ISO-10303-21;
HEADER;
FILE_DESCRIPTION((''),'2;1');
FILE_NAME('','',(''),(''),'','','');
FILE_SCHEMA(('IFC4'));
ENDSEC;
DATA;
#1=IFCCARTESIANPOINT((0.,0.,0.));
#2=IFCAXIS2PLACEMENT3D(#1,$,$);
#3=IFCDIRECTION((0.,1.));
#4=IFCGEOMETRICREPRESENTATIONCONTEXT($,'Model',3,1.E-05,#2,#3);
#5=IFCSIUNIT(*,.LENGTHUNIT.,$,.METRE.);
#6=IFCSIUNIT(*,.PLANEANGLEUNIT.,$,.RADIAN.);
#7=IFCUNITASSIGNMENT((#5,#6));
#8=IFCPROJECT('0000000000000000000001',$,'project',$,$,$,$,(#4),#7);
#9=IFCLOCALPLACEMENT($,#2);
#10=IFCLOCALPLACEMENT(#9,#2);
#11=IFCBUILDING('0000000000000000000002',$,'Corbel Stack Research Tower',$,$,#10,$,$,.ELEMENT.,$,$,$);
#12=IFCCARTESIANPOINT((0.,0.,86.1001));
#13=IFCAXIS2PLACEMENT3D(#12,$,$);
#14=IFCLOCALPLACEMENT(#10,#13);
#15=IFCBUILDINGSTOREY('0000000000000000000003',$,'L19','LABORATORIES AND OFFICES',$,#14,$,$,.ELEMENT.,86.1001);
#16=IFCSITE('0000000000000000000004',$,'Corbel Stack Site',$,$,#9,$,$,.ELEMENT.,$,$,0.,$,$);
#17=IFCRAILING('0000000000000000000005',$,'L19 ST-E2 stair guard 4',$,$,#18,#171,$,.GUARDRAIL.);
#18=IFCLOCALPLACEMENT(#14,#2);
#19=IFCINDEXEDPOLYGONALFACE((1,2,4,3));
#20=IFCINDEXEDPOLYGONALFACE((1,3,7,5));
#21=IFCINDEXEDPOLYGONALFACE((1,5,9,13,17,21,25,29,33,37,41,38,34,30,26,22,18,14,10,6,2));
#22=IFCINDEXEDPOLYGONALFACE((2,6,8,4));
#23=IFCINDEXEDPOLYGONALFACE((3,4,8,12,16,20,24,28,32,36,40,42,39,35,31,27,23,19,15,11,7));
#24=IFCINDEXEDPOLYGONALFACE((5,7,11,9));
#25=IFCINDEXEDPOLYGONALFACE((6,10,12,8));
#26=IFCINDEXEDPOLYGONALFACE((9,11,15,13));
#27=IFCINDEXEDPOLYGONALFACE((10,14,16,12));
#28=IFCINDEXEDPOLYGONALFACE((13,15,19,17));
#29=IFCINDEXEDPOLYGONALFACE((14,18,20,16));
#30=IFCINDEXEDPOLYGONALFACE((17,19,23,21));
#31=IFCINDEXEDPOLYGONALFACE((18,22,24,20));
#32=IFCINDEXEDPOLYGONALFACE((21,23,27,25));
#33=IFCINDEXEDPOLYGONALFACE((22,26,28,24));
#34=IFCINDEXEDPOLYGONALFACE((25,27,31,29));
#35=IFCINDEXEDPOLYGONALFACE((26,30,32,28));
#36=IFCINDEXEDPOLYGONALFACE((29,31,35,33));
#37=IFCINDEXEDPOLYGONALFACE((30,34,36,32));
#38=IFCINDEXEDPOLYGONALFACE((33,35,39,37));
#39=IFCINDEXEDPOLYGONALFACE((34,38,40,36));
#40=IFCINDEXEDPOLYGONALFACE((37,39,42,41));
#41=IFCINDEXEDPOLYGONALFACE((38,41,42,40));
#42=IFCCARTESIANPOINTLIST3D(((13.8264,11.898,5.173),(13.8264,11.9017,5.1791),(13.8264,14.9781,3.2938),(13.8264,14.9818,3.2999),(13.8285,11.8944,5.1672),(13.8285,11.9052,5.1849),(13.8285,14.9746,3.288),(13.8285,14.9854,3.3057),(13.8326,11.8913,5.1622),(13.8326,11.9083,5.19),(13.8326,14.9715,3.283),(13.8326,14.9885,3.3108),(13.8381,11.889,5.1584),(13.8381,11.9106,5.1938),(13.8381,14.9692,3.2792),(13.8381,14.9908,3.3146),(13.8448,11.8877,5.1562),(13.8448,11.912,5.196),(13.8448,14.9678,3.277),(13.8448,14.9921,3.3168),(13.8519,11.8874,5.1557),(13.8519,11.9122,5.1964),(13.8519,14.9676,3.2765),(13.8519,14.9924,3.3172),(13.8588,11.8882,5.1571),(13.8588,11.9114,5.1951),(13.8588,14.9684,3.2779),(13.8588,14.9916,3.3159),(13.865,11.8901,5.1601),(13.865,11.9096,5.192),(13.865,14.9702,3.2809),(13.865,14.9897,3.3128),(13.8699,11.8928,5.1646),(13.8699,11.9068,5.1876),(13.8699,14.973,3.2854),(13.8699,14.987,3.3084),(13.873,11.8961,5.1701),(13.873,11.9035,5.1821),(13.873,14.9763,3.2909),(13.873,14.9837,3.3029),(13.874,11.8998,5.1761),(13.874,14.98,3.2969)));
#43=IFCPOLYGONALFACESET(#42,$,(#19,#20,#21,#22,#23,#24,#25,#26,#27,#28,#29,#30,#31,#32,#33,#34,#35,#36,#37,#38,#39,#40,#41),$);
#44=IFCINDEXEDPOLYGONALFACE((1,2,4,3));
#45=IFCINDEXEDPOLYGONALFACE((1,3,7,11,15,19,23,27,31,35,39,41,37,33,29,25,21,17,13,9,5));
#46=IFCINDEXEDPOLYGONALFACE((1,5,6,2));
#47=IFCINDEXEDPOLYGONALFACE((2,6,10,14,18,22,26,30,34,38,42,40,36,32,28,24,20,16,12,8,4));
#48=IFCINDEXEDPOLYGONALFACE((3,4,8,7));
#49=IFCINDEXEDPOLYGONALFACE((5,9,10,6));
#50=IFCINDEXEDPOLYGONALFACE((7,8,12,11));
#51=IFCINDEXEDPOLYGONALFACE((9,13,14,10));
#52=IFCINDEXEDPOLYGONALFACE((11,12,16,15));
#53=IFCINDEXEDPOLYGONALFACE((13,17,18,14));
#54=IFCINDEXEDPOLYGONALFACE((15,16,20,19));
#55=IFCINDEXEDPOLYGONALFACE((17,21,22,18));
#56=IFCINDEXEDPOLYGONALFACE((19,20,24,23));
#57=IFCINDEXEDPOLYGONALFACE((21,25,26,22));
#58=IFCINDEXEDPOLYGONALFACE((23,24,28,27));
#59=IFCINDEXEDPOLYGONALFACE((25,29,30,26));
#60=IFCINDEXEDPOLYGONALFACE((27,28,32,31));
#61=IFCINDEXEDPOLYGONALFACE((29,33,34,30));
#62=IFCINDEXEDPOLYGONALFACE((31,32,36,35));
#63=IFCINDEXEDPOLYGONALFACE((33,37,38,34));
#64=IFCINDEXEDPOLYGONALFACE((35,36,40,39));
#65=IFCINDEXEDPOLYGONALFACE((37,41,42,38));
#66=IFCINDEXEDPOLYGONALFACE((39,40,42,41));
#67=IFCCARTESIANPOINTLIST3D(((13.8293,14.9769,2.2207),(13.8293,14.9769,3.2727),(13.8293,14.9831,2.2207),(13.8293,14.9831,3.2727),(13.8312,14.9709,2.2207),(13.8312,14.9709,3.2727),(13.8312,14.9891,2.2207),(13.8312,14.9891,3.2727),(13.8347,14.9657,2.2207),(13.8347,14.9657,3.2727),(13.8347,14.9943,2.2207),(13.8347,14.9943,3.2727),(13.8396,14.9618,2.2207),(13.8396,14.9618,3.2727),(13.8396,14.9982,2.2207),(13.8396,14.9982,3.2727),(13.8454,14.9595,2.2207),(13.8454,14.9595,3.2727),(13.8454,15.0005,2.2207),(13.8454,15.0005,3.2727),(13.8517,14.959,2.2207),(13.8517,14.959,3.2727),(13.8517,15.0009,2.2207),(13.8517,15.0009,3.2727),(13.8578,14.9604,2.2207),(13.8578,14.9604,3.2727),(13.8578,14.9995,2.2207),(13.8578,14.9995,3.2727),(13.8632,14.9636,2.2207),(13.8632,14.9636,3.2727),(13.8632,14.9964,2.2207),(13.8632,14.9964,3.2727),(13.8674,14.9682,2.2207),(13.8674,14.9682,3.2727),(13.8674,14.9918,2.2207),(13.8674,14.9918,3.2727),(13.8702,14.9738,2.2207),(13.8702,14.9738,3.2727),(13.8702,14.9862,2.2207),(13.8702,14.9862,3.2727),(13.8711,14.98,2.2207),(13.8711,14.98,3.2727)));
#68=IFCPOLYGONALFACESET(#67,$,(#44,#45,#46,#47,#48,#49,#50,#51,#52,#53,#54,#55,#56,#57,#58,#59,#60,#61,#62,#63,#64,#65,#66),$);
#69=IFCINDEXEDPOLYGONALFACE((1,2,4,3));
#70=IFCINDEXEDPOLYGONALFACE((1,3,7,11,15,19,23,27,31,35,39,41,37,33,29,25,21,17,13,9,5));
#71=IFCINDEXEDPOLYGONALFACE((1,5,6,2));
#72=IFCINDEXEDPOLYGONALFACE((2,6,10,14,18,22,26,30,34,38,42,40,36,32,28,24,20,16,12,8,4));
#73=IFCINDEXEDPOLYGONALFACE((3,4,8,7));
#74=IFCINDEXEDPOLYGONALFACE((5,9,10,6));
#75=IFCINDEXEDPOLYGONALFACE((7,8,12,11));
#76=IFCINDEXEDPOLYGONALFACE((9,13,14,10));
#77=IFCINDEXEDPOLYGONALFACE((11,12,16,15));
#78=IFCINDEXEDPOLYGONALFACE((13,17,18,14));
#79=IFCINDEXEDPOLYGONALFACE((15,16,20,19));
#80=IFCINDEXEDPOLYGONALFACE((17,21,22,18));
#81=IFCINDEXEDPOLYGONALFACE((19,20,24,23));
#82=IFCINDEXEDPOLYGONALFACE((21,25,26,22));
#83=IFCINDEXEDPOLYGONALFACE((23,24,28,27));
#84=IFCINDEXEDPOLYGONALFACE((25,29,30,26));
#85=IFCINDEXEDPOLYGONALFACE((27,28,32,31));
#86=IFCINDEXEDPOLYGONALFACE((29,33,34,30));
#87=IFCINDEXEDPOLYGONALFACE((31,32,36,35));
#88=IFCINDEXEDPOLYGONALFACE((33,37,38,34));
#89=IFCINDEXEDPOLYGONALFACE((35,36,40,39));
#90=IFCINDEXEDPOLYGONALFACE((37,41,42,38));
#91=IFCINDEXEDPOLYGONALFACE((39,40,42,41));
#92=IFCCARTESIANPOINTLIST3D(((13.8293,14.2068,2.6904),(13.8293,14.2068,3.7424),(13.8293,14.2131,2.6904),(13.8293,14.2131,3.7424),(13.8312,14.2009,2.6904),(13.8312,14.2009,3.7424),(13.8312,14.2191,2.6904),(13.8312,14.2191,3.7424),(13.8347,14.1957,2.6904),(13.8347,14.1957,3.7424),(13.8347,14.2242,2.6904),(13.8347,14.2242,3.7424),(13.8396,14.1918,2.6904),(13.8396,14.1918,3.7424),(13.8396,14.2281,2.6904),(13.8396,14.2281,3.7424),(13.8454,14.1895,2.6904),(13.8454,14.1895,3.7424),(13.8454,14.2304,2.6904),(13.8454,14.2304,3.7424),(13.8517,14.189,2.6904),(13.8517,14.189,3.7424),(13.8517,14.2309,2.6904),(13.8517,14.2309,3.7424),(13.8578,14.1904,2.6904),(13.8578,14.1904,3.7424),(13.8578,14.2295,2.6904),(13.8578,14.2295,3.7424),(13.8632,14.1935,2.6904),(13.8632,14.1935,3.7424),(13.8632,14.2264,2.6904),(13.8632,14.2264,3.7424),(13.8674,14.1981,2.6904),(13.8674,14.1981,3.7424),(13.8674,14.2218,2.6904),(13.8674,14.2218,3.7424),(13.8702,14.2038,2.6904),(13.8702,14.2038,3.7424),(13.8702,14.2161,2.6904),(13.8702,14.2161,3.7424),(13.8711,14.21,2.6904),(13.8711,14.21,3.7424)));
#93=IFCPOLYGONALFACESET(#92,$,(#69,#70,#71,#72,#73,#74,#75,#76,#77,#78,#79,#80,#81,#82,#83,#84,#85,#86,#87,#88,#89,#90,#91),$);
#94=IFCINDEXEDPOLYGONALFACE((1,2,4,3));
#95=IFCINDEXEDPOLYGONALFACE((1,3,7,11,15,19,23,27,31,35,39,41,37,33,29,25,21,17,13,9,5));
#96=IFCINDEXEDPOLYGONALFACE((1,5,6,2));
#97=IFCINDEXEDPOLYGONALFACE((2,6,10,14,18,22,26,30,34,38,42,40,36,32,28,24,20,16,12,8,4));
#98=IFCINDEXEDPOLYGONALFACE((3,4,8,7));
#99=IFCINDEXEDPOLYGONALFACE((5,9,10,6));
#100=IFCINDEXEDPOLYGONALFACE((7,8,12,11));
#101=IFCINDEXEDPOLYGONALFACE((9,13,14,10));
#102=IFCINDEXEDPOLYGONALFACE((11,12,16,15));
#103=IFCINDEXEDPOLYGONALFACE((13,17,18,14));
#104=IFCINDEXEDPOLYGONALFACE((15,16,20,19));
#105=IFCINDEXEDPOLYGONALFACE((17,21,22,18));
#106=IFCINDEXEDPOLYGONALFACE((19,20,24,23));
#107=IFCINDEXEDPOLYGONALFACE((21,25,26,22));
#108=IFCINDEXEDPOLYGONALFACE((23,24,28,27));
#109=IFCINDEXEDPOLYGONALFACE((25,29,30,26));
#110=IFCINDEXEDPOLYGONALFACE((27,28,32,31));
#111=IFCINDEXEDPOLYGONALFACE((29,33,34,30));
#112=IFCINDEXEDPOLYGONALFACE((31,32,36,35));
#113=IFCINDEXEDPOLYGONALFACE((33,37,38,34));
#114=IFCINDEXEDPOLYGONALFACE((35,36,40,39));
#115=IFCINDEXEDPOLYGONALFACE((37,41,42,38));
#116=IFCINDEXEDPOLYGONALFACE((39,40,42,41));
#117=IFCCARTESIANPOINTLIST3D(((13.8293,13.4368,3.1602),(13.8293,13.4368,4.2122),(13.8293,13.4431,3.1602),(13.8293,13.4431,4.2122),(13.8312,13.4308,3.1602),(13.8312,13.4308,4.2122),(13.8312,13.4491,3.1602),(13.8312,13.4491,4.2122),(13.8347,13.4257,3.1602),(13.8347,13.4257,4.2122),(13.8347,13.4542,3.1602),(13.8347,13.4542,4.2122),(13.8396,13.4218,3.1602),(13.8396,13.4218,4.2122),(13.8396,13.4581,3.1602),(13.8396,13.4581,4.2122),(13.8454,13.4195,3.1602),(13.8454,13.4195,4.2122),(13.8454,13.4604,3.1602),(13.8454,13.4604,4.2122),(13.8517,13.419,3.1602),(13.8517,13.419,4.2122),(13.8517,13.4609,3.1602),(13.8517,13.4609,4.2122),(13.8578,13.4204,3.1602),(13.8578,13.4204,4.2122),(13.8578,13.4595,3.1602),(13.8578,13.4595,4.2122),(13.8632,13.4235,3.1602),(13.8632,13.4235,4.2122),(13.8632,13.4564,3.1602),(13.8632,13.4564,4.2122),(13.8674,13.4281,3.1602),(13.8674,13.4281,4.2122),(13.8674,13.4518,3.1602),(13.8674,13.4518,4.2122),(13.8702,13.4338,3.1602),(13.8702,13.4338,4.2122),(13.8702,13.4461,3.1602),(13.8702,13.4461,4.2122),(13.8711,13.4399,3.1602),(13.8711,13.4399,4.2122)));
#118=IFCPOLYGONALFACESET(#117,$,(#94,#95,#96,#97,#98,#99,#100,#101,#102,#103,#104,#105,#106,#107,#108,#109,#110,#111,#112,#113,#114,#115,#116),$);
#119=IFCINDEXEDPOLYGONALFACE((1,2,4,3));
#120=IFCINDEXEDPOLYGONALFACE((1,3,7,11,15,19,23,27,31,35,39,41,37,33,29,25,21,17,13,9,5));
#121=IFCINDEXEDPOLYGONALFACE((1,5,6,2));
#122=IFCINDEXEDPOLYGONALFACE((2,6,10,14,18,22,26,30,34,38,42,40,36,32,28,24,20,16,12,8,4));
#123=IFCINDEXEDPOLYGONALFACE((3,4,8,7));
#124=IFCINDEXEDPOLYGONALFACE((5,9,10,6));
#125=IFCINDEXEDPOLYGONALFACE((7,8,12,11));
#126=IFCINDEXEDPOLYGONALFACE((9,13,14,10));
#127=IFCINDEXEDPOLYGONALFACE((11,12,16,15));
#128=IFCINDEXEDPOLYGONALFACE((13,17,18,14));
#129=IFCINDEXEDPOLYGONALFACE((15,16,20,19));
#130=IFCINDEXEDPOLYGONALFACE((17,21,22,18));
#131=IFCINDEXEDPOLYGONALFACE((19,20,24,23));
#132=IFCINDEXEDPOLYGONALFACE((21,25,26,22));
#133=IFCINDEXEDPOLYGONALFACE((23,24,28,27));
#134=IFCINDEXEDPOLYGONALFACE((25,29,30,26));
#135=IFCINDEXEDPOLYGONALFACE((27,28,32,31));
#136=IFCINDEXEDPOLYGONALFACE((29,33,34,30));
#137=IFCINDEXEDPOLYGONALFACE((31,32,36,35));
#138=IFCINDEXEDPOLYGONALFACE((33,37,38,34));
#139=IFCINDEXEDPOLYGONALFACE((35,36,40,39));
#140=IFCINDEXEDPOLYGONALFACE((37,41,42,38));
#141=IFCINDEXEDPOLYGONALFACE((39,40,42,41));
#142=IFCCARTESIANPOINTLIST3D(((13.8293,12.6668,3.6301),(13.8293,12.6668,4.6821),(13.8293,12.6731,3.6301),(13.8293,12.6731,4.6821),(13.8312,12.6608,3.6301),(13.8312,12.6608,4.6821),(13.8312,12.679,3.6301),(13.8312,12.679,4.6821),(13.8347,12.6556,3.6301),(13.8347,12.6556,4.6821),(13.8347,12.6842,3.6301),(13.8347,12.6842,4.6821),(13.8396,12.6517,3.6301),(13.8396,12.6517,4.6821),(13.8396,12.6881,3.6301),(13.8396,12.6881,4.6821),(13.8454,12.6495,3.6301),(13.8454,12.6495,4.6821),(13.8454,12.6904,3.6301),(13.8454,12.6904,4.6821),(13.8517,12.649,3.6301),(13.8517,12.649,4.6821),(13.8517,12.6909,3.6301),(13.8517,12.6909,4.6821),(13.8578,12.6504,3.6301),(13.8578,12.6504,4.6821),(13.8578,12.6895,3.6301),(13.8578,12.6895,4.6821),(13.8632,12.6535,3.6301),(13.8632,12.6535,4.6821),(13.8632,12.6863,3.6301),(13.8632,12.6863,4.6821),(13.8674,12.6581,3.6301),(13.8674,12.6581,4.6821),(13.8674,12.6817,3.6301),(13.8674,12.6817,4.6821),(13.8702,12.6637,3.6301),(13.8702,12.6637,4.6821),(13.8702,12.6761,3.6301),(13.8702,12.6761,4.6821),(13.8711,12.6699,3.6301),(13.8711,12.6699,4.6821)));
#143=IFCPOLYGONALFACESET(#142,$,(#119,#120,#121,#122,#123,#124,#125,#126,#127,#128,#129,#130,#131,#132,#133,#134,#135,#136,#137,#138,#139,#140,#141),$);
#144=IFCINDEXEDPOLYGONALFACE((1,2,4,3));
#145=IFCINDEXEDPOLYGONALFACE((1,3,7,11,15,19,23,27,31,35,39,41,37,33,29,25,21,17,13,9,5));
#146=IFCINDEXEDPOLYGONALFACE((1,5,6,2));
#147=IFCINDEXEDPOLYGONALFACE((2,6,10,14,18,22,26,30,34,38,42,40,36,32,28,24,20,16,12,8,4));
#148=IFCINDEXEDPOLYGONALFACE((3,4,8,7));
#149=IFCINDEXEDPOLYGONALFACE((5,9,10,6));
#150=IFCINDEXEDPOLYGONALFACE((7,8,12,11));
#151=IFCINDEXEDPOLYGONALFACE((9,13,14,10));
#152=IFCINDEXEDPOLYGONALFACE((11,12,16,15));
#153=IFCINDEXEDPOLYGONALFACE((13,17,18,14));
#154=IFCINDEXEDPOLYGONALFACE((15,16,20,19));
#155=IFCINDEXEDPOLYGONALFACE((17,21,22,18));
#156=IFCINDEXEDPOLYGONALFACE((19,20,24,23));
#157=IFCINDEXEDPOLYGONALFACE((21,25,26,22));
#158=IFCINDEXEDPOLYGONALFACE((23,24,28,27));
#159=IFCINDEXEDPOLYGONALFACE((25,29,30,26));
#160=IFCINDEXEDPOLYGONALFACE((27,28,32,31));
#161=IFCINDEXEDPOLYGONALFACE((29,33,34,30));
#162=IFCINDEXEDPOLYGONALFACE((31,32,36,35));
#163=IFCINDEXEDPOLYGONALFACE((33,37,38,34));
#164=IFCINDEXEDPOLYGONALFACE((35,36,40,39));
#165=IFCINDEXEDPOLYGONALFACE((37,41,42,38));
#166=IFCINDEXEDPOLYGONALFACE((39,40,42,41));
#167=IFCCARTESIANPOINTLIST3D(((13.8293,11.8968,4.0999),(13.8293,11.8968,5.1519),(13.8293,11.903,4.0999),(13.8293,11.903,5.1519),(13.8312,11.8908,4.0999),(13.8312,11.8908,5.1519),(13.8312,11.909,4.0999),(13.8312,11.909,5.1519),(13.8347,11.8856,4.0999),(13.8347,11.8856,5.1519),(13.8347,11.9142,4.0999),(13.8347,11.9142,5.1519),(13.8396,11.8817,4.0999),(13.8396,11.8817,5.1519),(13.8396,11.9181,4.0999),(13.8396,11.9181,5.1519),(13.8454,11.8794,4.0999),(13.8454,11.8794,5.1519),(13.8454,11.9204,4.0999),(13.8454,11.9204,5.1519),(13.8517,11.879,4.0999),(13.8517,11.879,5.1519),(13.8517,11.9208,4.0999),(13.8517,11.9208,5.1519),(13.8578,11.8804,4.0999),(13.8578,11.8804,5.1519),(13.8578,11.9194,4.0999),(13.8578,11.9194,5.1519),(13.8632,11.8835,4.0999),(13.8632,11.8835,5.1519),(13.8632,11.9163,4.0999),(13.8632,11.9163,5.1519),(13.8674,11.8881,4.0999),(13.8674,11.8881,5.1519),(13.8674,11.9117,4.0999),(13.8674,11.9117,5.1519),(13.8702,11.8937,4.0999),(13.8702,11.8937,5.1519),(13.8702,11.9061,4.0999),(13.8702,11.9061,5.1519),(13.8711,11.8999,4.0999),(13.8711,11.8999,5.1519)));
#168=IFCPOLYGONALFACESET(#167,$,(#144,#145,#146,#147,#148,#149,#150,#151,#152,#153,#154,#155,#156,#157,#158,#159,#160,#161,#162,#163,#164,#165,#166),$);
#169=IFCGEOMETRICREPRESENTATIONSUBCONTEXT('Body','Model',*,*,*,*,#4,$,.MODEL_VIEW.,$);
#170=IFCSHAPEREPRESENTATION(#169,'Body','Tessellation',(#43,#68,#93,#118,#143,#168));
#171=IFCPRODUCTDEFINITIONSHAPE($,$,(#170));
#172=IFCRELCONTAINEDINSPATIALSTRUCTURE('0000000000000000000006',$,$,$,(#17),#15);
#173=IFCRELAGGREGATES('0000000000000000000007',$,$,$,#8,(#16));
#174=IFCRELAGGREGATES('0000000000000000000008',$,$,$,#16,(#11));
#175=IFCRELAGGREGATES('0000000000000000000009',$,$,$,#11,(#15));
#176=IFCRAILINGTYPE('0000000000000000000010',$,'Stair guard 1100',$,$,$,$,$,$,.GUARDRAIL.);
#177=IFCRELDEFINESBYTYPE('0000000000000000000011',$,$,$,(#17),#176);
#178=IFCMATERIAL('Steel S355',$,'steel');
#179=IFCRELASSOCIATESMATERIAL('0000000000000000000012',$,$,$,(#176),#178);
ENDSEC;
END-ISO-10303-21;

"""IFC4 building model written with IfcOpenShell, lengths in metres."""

from ifc_helpers import new_model, si_unit, direction, frame, origin, origin_2d, place, context, subcontext, project, spatial, circle, extrude, material, type_object, element, save


model = new_model("IFC4")

# Units and contexts
model_context = context("Model", 3, precision=1e-05, world=origin(), true_north=direction((0.0, 1.0)))
body_context = subcontext(model_context, "Body", "Model", "MODEL_VIEW")
ifc_project = project(units=[si_unit("LENGTHUNIT", "METRE"), si_unit("PLANEANGLEUNIT", "RADIAN")], contexts=[model_context])

# Site, building, storey
site_placement = place(None, origin())
site = spatial("IfcSite", under=ifc_project, at=site_placement, Name="Corbel Stack Site", CompositionType="ELEMENT", RefElevation=0.0)
building_placement = place(site_placement, origin())
building = spatial("IfcBuilding", under=site, at=building_placement, Name="Corbel Stack Research Tower", CompositionType="ELEMENT")
storey_placement = place(building_placement, frame((0.0, 0.0, 86.1001)))
storey = spatial("IfcBuildingStorey", under=building, at=storey_placement, Name="L19", Description="LABORATORIES AND OFFICES", CompositionType="ELEMENT", Elevation=86.1001)

# Railing
ifc_material_1 = material(Name="Steel S355", Category="steel")
railing_type_1 = type_object("IfcRailingType", Name="Stair guard 1100", PredefinedType="GUARDRAIL", material=ifc_material_1)
railing_1_placement = place(storey_placement, frame((13.8501, 14.98, 2.2207)))
element("IfcRailing", 1, at=railing_1_placement, inside=storey, type_object=railing_type_1, Name="L19 ST-E2 stair guard 4", PredefinedType="GUARDRAIL", context=body_context, shape_type="SweptSolid", body=[
    extrude(circle(Radius=0.0239, at=origin_2d()), frame((0.0, 0.0, 1.0762), z_axis=(0.0, -0.853666, 0.52082), x_axis=(1.0, 0.0, 0.0)), (0.0, 0.0, 1.0), 3.6082),
    extrude(circle(Radius=0.021, at=origin_2d()), origin(), (0.0, 0.0, 1.0), 1.052),
    extrude(circle(Radius=0.021, at=origin_2d()), frame((0.0, -0.77, 0.4697)), (0.0, 0.0, 1.0), 1.052),
    extrude(circle(Radius=0.021, at=origin_2d()), frame((0.0, -1.54, 0.9395)), (0.0, 0.0, 1.0), 1.052),
    extrude(circle(Radius=0.021, at=origin_2d()), frame((0.0, -2.3101, 1.4094)), (0.0, 0.0, 1.0), 1.052),
    extrude(circle(Radius=0.021, at=origin_2d()), frame((0.0, -3.0801, 1.8792)), (0.0, 0.0, 1.0), 1.052),
])

save(model, "model.ifc")
